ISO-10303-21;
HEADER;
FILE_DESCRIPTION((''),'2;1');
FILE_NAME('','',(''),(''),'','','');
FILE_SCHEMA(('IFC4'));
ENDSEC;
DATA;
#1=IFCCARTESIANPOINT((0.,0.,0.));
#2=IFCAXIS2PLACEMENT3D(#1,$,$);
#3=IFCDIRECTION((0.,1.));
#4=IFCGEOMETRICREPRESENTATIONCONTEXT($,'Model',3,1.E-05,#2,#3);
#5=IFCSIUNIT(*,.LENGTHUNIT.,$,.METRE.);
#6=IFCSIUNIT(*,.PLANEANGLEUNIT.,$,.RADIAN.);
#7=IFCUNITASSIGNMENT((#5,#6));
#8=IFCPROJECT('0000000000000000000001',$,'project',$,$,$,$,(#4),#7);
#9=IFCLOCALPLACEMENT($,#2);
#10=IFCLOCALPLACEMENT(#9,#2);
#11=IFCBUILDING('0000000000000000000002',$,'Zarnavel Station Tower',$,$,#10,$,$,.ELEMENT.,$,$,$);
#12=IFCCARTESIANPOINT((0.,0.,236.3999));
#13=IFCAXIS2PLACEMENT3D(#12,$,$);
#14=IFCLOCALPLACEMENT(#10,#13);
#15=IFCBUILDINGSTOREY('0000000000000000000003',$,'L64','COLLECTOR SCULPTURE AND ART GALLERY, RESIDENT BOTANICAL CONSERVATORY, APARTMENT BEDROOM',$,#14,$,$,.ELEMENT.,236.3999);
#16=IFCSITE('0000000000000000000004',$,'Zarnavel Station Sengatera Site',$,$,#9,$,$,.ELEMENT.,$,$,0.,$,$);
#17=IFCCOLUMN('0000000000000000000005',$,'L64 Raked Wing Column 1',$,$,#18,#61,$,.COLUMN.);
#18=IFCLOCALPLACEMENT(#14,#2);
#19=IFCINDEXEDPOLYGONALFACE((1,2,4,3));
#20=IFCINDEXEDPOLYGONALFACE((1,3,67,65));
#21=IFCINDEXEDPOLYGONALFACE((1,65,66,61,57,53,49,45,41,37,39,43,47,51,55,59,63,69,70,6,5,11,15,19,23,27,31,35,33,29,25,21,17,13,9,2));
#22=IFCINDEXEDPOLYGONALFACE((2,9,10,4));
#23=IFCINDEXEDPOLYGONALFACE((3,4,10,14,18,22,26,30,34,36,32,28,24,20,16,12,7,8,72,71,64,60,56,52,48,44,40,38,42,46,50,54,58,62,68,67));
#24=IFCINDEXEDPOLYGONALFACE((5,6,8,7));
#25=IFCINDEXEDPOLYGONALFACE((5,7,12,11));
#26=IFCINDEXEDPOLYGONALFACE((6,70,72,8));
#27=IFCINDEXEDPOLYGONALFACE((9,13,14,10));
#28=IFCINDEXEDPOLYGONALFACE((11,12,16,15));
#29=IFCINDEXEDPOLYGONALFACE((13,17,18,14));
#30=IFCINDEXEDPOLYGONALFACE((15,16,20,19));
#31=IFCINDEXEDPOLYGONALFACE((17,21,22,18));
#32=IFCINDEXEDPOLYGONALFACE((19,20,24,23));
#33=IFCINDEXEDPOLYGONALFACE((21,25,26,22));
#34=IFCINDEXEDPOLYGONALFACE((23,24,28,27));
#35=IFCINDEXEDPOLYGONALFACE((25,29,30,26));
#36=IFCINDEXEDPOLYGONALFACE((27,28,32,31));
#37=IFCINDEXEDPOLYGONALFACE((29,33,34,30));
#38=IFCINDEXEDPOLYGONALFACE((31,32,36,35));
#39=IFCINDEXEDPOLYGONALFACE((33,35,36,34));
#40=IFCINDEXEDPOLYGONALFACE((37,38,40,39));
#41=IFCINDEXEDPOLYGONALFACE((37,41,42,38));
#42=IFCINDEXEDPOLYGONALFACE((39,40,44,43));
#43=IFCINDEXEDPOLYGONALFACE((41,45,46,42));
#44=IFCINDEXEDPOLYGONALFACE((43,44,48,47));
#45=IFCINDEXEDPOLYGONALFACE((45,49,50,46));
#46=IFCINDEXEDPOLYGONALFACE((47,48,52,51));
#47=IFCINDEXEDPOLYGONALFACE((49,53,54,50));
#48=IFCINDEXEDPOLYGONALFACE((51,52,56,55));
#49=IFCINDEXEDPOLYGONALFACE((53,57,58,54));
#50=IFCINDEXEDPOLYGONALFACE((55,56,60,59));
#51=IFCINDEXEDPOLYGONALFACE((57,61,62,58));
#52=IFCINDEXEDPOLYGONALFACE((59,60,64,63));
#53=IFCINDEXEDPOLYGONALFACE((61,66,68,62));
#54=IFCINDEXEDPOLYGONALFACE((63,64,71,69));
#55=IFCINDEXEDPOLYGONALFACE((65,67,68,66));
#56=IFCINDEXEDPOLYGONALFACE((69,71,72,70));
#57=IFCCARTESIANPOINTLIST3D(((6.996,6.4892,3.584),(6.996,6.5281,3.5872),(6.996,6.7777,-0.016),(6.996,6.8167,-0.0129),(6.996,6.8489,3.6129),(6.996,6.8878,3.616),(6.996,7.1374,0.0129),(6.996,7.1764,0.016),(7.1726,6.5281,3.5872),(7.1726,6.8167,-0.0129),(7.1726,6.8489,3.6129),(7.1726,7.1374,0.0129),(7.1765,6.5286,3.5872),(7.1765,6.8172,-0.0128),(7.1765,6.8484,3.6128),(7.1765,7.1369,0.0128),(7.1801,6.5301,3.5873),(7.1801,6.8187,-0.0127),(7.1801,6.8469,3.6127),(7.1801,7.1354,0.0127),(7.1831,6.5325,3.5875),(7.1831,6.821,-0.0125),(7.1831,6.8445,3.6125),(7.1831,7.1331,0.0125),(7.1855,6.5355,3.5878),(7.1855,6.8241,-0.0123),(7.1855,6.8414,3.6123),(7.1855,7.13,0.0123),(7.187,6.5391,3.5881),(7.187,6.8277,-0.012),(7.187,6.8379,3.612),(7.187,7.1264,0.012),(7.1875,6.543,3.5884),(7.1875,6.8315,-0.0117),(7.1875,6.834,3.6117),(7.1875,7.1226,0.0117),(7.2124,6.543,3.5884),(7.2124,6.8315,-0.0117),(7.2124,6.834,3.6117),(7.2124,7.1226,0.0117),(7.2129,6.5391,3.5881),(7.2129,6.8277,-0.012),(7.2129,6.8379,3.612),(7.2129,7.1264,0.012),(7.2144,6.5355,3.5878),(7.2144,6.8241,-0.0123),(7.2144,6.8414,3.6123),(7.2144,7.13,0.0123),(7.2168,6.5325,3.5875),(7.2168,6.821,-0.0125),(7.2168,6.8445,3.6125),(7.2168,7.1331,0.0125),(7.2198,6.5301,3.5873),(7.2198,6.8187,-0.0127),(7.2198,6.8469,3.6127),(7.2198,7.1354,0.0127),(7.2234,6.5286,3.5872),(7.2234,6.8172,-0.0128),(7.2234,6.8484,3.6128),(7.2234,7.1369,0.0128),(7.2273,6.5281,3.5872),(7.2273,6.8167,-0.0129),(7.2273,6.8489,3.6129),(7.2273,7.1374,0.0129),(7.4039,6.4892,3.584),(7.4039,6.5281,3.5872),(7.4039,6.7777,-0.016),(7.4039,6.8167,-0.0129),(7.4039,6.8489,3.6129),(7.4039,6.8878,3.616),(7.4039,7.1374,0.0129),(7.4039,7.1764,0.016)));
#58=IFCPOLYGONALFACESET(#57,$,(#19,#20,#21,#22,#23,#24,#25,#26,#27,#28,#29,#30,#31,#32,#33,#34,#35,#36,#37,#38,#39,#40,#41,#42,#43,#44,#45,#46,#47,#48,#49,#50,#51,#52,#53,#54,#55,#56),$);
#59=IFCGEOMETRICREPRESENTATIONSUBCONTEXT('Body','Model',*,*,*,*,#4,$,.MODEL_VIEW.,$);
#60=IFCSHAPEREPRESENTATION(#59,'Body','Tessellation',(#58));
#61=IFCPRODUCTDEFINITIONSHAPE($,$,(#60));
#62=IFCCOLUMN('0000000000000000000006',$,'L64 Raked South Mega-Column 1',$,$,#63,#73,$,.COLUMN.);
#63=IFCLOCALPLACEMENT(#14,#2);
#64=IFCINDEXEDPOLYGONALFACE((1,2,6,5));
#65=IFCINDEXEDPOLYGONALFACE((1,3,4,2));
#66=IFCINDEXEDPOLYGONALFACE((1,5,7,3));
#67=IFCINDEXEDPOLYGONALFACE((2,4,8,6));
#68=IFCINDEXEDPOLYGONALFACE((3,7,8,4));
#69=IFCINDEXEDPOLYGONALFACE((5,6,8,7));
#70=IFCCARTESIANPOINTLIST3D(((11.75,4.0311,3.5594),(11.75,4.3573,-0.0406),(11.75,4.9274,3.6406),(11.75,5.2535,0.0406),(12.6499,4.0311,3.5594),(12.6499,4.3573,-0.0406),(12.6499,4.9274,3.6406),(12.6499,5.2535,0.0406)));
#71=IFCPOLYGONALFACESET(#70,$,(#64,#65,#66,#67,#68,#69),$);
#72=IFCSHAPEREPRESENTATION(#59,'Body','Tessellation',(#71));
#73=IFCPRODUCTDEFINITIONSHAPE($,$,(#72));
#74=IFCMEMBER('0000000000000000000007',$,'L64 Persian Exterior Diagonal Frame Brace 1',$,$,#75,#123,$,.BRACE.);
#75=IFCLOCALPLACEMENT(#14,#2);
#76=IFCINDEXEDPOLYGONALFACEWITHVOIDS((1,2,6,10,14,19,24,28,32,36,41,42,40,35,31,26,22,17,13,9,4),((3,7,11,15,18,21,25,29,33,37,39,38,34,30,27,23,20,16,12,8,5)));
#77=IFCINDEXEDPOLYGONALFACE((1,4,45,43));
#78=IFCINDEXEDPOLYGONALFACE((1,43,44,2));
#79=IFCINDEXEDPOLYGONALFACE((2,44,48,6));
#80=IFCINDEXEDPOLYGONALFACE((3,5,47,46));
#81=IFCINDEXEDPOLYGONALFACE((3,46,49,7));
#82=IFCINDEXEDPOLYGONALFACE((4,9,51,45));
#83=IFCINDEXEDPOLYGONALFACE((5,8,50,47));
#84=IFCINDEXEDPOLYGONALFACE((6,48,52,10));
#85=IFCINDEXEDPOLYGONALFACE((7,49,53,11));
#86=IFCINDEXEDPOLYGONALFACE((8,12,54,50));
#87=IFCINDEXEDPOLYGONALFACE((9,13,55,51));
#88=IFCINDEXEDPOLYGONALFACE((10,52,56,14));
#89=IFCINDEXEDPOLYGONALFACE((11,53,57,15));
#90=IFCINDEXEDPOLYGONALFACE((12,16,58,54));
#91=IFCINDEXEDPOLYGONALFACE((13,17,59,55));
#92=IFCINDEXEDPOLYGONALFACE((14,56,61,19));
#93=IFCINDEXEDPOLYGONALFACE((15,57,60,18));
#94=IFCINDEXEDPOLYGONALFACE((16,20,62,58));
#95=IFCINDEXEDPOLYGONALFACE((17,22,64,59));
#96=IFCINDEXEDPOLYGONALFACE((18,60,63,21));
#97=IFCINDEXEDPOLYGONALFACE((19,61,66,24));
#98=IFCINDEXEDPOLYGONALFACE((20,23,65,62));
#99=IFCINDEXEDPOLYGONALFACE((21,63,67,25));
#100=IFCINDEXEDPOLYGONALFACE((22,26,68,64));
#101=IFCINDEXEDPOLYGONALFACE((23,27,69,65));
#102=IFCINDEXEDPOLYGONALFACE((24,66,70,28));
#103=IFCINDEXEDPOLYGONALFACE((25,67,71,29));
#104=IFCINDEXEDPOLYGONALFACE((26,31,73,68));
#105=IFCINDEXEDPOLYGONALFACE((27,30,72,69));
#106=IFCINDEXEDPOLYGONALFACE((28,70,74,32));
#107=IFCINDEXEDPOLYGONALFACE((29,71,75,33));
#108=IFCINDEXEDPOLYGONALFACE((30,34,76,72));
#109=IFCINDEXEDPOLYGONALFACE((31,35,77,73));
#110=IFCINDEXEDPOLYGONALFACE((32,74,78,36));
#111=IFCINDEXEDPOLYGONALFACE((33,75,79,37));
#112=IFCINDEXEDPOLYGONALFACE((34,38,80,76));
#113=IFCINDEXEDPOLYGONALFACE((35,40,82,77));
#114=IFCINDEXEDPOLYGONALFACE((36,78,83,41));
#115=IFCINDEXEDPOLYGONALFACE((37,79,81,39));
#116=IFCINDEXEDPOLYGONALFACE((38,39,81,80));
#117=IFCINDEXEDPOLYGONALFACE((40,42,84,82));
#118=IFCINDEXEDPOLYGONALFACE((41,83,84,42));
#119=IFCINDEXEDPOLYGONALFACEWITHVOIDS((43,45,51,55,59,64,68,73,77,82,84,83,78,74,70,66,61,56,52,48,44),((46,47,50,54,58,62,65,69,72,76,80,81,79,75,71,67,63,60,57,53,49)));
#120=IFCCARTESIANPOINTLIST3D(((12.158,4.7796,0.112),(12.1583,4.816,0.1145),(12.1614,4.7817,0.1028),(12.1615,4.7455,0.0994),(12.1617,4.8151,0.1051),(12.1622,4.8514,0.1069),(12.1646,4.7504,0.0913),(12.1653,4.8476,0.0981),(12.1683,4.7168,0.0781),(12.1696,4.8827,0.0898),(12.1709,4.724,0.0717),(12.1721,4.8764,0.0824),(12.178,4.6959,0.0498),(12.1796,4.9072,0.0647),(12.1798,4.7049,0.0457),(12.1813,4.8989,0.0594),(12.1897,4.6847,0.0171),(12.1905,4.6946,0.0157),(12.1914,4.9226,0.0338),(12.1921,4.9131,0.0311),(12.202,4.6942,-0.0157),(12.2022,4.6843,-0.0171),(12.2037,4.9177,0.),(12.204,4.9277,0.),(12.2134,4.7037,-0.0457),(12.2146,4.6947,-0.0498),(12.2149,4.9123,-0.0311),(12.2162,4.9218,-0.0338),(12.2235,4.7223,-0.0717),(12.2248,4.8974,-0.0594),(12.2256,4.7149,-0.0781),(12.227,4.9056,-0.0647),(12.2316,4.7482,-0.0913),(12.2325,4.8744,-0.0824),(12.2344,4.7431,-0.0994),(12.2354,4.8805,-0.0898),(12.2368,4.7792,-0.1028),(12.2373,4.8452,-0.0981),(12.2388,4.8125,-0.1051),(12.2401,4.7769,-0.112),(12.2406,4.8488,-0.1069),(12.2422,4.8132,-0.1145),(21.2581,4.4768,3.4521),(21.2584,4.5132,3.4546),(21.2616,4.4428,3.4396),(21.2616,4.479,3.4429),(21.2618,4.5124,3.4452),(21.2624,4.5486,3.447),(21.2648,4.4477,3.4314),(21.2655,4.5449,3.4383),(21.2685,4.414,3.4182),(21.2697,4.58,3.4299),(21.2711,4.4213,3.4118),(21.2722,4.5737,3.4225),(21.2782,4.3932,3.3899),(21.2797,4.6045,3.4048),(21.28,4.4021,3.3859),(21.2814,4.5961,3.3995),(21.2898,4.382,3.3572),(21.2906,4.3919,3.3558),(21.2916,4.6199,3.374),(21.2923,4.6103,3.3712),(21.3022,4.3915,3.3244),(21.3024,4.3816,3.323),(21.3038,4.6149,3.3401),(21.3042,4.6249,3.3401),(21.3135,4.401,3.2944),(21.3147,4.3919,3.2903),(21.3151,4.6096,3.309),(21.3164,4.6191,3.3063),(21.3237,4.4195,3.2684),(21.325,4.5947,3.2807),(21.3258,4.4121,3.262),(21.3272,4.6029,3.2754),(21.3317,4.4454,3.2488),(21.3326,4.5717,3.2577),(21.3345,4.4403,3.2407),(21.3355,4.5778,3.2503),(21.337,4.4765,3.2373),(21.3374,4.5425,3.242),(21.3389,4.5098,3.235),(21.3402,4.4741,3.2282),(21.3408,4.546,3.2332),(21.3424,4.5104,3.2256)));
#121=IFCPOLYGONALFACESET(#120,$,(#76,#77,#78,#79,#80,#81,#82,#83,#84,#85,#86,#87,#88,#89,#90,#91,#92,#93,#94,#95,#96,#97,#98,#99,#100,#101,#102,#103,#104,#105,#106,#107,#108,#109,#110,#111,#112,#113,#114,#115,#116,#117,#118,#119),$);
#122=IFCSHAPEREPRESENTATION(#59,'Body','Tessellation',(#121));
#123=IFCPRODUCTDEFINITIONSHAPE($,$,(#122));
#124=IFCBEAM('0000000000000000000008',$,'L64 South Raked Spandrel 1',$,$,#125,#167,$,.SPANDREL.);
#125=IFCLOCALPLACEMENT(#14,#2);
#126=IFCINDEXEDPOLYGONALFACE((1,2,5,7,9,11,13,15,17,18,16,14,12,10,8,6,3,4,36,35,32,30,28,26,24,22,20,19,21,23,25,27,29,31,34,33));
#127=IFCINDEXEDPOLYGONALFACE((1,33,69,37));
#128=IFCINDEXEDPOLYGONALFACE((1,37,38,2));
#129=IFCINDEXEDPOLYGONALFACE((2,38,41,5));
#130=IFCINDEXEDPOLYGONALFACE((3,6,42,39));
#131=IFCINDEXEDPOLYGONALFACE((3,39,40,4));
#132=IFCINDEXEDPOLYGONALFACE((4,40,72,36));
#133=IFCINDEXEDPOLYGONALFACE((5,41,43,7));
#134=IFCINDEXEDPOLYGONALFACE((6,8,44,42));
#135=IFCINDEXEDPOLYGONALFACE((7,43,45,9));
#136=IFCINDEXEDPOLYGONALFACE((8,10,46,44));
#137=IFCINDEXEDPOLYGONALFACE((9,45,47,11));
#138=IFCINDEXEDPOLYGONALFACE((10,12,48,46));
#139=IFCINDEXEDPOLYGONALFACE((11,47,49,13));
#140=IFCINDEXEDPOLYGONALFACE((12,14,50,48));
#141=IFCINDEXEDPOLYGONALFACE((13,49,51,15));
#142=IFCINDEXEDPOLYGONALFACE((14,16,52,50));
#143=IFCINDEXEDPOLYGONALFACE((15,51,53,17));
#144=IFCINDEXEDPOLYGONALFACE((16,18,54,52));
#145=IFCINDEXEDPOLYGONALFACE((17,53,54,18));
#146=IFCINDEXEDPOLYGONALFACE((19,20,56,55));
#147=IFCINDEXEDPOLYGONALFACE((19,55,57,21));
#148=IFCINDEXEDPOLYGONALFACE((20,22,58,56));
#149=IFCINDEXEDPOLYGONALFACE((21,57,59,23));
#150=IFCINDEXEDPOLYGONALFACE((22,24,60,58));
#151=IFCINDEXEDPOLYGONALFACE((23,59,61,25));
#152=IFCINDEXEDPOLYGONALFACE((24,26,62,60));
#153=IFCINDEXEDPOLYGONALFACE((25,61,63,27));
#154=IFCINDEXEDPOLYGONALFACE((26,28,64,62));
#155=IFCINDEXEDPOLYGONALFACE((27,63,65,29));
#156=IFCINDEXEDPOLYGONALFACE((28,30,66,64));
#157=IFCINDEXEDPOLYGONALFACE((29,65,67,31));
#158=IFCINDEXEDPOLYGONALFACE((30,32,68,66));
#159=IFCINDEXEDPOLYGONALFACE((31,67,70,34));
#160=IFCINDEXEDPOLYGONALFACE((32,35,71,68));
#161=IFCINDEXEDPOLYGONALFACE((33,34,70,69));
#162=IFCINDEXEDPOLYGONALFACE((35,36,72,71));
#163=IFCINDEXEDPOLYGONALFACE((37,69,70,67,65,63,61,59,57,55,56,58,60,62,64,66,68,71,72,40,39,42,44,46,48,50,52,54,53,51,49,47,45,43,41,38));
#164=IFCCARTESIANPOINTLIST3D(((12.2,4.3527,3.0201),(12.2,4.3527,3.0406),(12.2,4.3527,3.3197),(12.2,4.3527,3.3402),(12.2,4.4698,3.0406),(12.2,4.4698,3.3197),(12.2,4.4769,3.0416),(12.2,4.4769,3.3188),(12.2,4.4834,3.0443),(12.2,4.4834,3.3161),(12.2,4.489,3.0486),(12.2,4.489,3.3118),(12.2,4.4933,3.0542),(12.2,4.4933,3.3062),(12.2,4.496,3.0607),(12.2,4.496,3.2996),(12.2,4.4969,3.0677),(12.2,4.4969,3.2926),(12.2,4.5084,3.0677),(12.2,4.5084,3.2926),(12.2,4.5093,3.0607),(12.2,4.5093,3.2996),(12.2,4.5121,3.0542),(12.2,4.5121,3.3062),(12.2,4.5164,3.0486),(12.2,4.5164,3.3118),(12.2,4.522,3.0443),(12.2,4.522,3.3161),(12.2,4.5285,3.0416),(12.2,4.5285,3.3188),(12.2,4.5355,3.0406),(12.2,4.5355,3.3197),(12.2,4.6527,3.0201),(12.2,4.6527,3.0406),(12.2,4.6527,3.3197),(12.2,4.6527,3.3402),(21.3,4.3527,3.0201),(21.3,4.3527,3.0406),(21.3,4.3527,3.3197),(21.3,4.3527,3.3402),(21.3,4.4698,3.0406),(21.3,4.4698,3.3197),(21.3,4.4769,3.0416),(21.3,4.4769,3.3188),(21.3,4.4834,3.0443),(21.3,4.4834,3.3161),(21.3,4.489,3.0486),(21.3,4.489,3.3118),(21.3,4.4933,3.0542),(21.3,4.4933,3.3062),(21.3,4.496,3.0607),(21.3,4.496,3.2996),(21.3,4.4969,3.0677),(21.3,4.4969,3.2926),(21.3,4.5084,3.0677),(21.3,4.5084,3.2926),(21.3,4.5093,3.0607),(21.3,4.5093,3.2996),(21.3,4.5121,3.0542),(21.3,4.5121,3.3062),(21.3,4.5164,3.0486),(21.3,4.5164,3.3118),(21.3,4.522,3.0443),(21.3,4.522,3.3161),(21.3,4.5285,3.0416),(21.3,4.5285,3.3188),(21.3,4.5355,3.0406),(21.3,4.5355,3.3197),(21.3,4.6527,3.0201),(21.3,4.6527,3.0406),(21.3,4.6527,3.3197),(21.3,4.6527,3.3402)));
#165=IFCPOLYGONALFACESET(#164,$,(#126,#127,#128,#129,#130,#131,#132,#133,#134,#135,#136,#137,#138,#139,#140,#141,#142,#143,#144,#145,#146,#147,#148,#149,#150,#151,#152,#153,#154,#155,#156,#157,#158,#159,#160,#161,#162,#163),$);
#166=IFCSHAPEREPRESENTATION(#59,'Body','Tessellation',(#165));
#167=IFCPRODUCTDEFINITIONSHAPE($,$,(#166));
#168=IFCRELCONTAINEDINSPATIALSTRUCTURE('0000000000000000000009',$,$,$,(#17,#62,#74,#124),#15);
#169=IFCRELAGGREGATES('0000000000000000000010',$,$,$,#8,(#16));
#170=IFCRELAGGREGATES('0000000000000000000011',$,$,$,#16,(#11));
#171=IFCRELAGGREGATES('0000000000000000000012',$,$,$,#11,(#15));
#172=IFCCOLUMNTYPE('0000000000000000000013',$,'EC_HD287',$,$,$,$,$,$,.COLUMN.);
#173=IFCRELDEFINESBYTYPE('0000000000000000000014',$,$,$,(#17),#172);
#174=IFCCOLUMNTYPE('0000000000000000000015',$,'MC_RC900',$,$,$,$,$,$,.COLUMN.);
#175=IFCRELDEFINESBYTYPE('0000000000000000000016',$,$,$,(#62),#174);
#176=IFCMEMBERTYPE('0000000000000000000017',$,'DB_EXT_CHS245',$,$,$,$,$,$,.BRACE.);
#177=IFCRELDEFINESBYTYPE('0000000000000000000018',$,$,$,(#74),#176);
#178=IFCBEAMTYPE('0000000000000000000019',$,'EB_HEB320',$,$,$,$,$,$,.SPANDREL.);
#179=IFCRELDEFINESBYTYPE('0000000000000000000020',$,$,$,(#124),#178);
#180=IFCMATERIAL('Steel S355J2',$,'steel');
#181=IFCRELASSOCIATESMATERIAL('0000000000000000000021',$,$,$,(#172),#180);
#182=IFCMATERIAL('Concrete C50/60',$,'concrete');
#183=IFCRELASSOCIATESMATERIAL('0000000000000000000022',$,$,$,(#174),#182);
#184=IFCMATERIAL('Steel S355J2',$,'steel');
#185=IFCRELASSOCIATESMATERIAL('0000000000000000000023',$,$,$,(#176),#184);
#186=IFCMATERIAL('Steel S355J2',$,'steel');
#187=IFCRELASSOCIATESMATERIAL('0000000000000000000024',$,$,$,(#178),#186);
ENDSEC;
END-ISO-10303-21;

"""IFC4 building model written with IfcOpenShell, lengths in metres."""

from ifc_helpers import new_model, si_unit, direction, frame, origin, origin_2d, place, context, subcontext, project, spatial, rectangle, hollow_circle, i_section, extrude, material, material_profile, profile_set, type_object, element, save


model = new_model("IFC4")

# Units and contexts
model_context = context("Model", 3, precision=1e-05, world=origin(), true_north=direction((0.0, 1.0)))
body_context = subcontext(model_context, "Body", "Model", "MODEL_VIEW")
ifc_project = project(units=[si_unit("LENGTHUNIT", "METRE"), si_unit("PLANEANGLEUNIT", "RADIAN")], contexts=[model_context])

# Site, building, storey
site_placement = place(None, origin())
site = spatial("IfcSite", under=ifc_project, at=site_placement, Name="Zarnavel Station Sengatera Site", CompositionType="ELEMENT", RefElevation=0.0)
building_placement = place(site_placement, origin())
building = spatial("IfcBuilding", under=site, at=building_placement, Name="Zarnavel Station Tower", CompositionType="ELEMENT")
storey_placement = place(building_placement, frame((0.0, 0.0, 236.3999)))
storey = spatial("IfcBuildingStorey", under=building, at=storey_placement, Name="L64", Description="COLLECTOR SCULPTURE AND ART GALLERY, RESIDENT BOTANICAL CONSERVATORY, APARTMENT BEDROOM", CompositionType="ELEMENT", Elevation=236.3999)

# Columns
ifc_material_1 = material(Name="Steel S355J2", Category="steel")
ifc_material_profile_1 = material_profile(ifc_material_1, i_section(OverallWidth=0.408, OverallDepth=0.3999, WebThickness=0.0249, FlangeThickness=0.0391, FilletRadius=0.0149, at=origin_2d()), Name="HD400x287")
ifc_profile_set_1 = profile_set([ifc_material_profile_1], Name="Steel S355J2")
column_type_1 = type_object("IfcColumnType", Name="EC_HD287", PredefinedType="COLUMN", material=ifc_profile_set_1)
column_1_placement = place(storey_placement, frame((7.2, 6.9771, 0.0), z_axis=(0.0, -0.079901, 0.996803), x_axis=(1.0, 0.0, 0.0)))
element("IfcColumn", 1, at=column_1_placement, inside=storey, type_object=column_type_1, Name="L64 Raked Wing Column 1", PredefinedType="COLUMN", context=body_context, shape_type="SweptSolid", body=[
    extrude(i_section(OverallWidth=0.408, OverallDepth=0.3999, WebThickness=0.0249, FlangeThickness=0.0391, FilletRadius=0.0149, at=origin_2d()), origin(), (0.0, 0.0, 1.0), 3.6116),
])
ifc_material_2 = material(Name="Concrete C50/60", Category="concrete")
ifc_material_profile_2 = material_profile(ifc_material_2, rectangle(XDim=0.8999, YDim=0.8999, at=origin_2d()), Name="RC900x900")
ifc_profile_set_2 = profile_set([ifc_material_profile_2], Name="Concrete C50/60")
column_type_2 = type_object("IfcColumnType", Name="MC_RC900", PredefinedType="COLUMN", material=ifc_profile_set_2)
column_2_placement = place(storey_placement, frame((12.2, 4.8054, 0.0), z_axis=(0.0, -0.090231, 0.995921), x_axis=(1.0, 0.0, 0.0)))
element("IfcColumn", 2, at=column_2_placement, inside=storey, type_object=column_type_2, Name="L64 Raked South Mega-Column 1", PredefinedType="COLUMN", context=body_context, shape_type="SweptSolid", body=[
    extrude(rectangle(XDim=0.8999, YDim=0.8999, at=origin_2d()), origin(), (0.0, 0.0, 1.0), 3.6147),
])

# Member
ifc_material_3 = material(Name="Steel S355J2", Category="steel")
ifc_material_profile_3 = material_profile(ifc_material_3, hollow_circle(Radius=0.1223, WallThickness=0.01, at=origin_2d()), Name="CHS244.5x10")
ifc_profile_set_3 = profile_set([ifc_material_profile_3], Name="Steel S355J2")
member_type = type_object("IfcMemberType", Name="DB_EXT_CHS245", PredefinedType="BRACE", material=ifc_profile_set_3)
member_placement = place(storey_placement, frame((12.2, 4.8054, 0.0), z_axis=(0.938306, -0.031215, 0.344395), x_axis=(0.033249, 0.999447, 0.0)))
element("IfcMember", 3, at=member_placement, inside=storey, type_object=member_type, Name="L64 Persian Exterior Diagonal Frame Brace 1", PredefinedType="BRACE", context=body_context, shape_type="SweptSolid", body=[
    extrude(hollow_circle(Radius=0.1223, WallThickness=0.01, at=origin_2d()), origin(), (0.0, 0.0, 1.0), 9.6985),
])

# Beam
ifc_material_4 = material(Name="Steel S355J2", Category="steel")
ifc_material_profile_4 = material_profile(ifc_material_4, i_section(OverallWidth=0.3, OverallDepth=0.3201, WebThickness=0.0115, FlangeThickness=0.0205, FilletRadius=0.0271, at=origin_2d()), Name="HEB320")
ifc_profile_set_4 = profile_set([ifc_material_profile_4], Name="Steel S355J2")
beam_type_1 = type_object("IfcBeamType", Name="EB_HEB320", PredefinedType="SPANDREL", material=ifc_profile_set_4)
beam_1_placement = place(storey_placement, frame((12.2, 4.5027, 3.1802), z_axis=(1.0, 0.0, 0.0), x_axis=(0.0, 1.0, 0.0)))
element("IfcBeam", 4, at=beam_1_placement, inside=storey, type_object=beam_type_1, Name="L64 South Raked Spandrel 1", PredefinedType="SPANDREL", context=body_context, shape_type="SweptSolid", body=[
    extrude(i_section(OverallWidth=0.3, OverallDepth=0.3201, WebThickness=0.0115, FlangeThickness=0.0205, FilletRadius=0.0271, at=origin_2d()), origin(), (0.0, 0.0, 1.0), 9.1001),
])

save(model, "model.ifc")
